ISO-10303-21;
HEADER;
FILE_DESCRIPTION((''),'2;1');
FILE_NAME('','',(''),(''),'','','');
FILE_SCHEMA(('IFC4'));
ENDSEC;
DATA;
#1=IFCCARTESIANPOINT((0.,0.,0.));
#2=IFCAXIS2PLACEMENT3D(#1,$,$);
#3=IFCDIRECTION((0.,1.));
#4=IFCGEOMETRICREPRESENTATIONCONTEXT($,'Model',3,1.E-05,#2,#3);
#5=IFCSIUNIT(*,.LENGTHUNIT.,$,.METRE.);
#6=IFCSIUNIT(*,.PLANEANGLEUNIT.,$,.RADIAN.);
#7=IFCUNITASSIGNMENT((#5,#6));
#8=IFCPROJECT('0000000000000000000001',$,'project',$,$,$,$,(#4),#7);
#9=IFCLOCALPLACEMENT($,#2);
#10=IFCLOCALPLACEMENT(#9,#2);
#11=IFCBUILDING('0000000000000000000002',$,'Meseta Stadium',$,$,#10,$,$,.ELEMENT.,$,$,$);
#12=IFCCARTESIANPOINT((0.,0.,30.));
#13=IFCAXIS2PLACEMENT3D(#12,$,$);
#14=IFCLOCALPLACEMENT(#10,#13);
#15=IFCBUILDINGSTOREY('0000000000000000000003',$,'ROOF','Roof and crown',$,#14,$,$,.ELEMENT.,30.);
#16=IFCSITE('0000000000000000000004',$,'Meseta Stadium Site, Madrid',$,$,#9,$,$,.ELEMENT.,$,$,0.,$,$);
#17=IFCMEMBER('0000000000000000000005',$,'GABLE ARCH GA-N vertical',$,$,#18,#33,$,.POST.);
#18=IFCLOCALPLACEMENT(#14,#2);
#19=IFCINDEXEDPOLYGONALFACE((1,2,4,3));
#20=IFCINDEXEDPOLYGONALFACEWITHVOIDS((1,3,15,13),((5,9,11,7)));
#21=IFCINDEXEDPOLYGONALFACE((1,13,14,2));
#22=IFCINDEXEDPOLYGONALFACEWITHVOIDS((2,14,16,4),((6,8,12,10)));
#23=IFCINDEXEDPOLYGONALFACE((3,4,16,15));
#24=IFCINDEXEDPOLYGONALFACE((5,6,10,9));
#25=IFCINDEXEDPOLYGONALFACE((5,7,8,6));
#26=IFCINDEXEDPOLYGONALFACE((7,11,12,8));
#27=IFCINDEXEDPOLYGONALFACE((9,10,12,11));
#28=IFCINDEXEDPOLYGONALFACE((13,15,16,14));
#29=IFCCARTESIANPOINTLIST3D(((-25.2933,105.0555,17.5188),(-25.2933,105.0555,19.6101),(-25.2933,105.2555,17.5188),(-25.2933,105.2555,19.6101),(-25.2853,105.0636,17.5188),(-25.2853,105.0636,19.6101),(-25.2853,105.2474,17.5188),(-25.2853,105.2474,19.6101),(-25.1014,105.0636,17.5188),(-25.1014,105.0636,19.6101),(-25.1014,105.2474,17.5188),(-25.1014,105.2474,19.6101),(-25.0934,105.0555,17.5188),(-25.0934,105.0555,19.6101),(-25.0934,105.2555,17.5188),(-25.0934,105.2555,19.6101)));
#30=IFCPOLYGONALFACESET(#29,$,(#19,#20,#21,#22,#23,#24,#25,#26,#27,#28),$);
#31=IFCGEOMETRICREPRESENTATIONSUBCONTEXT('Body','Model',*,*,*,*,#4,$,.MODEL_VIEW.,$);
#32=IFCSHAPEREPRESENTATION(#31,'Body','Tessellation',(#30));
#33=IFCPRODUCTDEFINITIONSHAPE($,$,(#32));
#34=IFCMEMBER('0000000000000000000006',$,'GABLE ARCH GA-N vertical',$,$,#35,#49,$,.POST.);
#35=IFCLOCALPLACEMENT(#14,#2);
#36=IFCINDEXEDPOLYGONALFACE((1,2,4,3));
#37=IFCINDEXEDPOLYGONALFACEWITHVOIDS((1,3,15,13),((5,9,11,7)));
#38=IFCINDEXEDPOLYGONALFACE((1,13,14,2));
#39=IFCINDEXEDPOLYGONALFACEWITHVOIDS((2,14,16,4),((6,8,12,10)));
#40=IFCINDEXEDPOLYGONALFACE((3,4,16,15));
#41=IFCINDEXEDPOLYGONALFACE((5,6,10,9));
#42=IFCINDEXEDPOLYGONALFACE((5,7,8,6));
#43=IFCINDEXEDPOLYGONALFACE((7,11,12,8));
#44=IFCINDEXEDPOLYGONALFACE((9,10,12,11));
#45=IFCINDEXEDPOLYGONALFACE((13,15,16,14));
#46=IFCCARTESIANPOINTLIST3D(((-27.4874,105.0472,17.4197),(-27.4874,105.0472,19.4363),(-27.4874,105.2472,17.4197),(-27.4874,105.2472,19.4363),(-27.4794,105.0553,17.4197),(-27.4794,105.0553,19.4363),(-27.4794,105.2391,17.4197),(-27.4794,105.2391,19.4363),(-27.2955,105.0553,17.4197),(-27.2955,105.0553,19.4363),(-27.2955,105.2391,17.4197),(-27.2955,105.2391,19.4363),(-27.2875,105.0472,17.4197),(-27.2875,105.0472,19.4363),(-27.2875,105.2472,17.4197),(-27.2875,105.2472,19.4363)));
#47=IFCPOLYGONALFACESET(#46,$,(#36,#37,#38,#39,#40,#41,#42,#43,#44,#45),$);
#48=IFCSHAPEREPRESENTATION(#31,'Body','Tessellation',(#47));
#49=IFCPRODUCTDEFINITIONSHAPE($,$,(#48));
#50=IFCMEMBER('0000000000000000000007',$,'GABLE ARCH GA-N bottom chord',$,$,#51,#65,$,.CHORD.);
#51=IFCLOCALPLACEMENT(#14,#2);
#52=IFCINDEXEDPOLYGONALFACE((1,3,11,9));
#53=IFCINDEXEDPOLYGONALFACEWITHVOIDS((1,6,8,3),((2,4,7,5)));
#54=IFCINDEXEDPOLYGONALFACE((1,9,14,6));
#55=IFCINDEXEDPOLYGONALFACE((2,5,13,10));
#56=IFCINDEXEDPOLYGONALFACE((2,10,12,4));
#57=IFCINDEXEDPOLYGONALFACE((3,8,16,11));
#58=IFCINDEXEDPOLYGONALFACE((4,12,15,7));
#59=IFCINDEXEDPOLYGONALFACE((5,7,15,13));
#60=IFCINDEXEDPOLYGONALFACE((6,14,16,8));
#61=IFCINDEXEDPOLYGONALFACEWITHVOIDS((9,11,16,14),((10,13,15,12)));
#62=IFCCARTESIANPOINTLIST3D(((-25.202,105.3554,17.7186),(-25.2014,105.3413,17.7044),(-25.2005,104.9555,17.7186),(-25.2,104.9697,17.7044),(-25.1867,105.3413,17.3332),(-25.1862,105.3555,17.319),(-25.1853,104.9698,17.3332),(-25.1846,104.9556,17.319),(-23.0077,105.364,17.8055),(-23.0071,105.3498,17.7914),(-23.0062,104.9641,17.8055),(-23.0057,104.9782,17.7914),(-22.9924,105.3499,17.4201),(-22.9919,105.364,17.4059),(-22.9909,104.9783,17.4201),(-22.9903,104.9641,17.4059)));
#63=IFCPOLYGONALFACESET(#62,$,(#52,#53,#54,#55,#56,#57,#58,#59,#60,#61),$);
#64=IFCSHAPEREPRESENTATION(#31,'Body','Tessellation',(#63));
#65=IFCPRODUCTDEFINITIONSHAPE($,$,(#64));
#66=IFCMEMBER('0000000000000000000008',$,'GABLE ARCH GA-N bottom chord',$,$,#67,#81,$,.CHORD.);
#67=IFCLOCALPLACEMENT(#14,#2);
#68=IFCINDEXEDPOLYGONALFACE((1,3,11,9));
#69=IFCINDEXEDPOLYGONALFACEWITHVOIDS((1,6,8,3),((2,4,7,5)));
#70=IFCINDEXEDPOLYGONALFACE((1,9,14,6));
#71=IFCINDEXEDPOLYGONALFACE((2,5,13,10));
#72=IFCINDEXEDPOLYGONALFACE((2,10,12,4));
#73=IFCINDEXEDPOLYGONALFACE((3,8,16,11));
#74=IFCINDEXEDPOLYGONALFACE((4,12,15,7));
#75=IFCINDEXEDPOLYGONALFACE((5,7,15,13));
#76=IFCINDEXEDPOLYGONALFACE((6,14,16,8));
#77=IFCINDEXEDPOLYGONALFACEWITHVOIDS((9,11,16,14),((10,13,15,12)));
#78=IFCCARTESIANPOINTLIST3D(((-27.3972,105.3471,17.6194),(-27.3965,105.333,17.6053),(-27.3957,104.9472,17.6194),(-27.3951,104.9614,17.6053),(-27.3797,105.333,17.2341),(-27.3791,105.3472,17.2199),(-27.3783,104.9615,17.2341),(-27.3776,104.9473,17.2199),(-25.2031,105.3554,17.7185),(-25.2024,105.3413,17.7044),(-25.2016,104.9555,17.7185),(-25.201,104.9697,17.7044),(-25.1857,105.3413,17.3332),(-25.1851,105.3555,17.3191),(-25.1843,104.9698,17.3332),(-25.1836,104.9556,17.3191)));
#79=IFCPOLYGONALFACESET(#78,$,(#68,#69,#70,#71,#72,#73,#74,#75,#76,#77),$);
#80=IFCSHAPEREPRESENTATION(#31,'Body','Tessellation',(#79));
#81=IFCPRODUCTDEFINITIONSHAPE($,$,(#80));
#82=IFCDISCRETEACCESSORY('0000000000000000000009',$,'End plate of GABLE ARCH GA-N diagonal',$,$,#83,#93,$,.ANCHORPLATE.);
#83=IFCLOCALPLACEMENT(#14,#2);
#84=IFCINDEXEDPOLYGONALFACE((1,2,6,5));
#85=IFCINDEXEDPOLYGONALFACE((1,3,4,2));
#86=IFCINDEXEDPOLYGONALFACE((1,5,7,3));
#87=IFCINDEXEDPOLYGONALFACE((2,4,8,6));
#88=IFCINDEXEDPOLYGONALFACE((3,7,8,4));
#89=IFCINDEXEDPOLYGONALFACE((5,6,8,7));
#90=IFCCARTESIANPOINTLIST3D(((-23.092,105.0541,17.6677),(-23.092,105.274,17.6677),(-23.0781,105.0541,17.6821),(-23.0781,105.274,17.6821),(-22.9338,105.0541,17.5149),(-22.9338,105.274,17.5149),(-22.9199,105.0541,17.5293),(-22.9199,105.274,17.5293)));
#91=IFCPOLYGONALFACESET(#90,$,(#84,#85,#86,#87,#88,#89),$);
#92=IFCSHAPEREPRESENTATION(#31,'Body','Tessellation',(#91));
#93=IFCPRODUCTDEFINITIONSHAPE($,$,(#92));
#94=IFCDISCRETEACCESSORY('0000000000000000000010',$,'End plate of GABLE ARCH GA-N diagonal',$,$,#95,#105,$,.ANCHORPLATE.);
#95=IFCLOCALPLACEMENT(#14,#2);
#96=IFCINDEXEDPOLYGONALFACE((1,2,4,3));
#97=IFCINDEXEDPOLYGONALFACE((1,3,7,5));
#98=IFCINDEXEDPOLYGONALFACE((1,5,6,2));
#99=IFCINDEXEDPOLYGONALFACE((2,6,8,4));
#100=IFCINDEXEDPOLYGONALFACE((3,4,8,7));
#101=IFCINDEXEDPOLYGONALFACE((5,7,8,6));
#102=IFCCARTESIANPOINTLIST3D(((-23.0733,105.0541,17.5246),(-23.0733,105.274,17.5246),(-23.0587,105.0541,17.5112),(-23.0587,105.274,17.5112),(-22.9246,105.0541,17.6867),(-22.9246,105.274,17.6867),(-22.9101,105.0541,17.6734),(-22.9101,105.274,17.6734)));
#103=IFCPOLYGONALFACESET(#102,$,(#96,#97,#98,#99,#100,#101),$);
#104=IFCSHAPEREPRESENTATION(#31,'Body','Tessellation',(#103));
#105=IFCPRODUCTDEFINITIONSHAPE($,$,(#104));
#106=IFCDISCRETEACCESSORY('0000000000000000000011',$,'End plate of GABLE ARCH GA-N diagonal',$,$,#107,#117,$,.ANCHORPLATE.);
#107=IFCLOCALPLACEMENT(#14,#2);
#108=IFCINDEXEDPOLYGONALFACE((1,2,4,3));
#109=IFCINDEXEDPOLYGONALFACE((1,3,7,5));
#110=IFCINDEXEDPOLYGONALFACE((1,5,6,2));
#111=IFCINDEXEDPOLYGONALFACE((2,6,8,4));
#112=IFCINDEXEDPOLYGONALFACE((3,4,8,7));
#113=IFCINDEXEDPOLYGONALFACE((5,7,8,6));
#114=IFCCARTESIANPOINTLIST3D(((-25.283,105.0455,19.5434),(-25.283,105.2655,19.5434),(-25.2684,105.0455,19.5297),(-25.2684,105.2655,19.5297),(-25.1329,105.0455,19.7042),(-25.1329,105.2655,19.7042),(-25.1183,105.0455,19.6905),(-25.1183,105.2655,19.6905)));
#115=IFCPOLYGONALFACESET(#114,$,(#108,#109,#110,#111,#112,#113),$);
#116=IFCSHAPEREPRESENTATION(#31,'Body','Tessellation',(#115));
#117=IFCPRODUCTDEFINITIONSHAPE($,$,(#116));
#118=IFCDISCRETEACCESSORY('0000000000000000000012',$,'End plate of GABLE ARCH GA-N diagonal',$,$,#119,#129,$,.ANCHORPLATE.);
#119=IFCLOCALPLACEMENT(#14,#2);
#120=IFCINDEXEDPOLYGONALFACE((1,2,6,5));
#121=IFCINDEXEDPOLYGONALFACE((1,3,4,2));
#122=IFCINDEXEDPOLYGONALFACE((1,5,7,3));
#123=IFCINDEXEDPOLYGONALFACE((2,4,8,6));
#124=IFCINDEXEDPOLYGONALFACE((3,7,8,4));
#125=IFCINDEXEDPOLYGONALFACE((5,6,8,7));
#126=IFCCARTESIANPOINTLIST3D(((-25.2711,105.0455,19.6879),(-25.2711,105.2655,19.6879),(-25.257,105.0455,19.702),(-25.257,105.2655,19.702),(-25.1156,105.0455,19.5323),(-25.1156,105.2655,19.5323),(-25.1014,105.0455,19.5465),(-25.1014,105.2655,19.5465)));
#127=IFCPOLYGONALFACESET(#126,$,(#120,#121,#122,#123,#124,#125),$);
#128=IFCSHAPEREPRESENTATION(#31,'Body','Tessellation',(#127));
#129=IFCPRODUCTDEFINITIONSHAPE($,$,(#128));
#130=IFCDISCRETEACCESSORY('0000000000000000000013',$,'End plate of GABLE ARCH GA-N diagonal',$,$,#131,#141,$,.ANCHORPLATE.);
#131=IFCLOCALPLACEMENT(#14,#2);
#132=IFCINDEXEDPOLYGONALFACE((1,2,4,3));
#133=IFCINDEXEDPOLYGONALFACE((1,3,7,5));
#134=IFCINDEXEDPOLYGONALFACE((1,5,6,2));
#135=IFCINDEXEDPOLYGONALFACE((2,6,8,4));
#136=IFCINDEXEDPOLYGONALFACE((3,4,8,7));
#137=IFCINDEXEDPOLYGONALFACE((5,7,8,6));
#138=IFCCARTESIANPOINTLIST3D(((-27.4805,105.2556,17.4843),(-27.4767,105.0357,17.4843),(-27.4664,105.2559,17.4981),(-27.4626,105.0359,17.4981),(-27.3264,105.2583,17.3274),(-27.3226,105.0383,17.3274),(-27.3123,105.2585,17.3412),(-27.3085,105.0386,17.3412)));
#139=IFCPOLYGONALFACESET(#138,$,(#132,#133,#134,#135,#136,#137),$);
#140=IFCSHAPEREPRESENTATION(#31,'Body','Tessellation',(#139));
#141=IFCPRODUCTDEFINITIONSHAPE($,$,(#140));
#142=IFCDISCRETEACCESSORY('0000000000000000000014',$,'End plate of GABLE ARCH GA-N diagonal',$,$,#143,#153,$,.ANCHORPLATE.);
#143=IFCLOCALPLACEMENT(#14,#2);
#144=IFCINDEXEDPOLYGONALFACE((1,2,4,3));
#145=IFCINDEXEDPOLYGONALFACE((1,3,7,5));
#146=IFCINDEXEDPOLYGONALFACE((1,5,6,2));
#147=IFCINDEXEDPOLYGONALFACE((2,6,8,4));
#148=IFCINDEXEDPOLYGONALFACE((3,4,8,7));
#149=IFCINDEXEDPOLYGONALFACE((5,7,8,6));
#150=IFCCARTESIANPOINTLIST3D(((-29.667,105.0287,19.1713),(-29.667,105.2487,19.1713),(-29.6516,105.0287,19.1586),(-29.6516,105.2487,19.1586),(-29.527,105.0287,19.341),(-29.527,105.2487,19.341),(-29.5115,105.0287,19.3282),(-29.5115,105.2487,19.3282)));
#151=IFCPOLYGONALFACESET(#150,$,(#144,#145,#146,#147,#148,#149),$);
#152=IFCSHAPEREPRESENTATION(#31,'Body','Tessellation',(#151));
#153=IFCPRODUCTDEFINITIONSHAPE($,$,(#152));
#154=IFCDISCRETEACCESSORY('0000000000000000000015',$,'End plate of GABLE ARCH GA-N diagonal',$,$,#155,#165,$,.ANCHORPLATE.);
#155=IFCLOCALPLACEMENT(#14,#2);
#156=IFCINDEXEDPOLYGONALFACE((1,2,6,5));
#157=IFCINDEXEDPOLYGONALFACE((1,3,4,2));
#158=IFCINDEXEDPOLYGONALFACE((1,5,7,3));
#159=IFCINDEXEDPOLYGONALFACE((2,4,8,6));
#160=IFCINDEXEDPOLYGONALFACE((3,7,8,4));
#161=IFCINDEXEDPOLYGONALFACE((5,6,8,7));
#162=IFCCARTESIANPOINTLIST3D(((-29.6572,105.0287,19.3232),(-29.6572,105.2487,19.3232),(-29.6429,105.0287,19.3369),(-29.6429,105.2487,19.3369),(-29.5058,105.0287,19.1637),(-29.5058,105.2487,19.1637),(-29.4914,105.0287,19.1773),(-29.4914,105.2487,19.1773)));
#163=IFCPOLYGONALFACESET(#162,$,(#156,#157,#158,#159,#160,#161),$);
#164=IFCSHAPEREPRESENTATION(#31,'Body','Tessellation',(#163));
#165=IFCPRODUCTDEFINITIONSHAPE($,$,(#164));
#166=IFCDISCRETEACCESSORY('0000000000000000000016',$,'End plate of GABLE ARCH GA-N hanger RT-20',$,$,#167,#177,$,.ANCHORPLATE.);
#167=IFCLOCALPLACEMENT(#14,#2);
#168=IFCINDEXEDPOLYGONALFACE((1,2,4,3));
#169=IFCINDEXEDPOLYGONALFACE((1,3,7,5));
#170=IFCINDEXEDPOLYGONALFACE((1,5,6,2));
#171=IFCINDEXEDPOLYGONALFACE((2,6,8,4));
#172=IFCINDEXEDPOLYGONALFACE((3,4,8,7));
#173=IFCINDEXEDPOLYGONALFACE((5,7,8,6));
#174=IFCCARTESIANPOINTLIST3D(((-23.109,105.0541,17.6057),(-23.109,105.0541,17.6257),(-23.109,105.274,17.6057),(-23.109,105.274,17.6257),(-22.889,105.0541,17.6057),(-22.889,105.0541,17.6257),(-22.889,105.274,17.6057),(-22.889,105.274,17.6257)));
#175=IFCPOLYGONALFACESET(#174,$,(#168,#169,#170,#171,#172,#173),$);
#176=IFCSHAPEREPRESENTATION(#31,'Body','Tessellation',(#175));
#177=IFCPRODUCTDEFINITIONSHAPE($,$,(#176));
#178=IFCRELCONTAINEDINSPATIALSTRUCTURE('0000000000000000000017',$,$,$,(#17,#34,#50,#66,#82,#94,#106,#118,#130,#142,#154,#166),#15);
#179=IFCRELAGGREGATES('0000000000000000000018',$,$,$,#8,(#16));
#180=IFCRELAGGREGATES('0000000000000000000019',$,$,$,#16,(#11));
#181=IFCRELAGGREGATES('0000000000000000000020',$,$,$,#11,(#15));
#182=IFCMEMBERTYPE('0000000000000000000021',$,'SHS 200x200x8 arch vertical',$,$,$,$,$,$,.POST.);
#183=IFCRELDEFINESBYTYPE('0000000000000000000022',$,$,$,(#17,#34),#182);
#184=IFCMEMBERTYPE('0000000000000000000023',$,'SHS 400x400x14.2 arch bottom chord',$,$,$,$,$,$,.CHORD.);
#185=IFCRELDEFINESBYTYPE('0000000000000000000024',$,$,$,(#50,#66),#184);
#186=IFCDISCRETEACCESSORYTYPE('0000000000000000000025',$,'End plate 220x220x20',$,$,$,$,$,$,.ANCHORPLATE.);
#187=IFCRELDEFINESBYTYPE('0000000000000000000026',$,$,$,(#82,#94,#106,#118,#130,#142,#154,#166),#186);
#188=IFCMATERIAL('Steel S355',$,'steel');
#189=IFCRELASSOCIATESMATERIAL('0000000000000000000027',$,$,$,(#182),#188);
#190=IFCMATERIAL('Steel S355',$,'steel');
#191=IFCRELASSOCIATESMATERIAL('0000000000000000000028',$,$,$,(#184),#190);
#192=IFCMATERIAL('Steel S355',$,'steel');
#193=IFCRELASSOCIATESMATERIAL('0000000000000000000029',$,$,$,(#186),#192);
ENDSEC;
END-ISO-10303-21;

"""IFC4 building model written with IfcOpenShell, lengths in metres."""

from ifc_helpers import new_model, si_unit, direction, frame, origin, origin_2d, place, context, subcontext, project, spatial, rectangle, hollow_rectangle, extrude, material, material_profile, profile_set, type_object, element, save


model = new_model("IFC4")

# Units and contexts
model_context = context("Model", 3, precision=1e-05, world=origin(), true_north=direction((0.0, 1.0)))
body_context = subcontext(model_context, "Body", "Model", "MODEL_VIEW")
ifc_project = project(units=[si_unit("LENGTHUNIT", "METRE"), si_unit("PLANEANGLEUNIT", "RADIAN")], contexts=[model_context])

# Site, building, storey
site_placement = place(None, origin())
site = spatial("IfcSite", under=ifc_project, at=site_placement, Name="Meseta Stadium Site, Madrid", CompositionType="ELEMENT", RefElevation=0.0)
building_placement = place(site_placement, origin())
building = spatial("IfcBuilding", under=site, at=building_placement, Name="Meseta Stadium", CompositionType="ELEMENT")
storey_placement = place(building_placement, frame((0.0, 0.0, 30.0)))
storey = spatial("IfcBuildingStorey", under=building, at=storey_placement, Name="ROOF", Description="Roof and crown", CompositionType="ELEMENT", Elevation=30.0)

# Members
ifc_material_1 = material(Name="Steel S355", Category="steel")
ifc_material_profile_1 = material_profile(ifc_material_1, hollow_rectangle(XDim=0.2, YDim=0.2, WallThickness=0.0081, at=origin_2d()), Name="SHS 200x200x8")
ifc_profile_set_1 = profile_set([ifc_material_profile_1], Name="Steel S355")
member_type_1 = type_object("IfcMemberType", Name="SHS 200x200x8 arch vertical", PredefinedType="POST", material=ifc_profile_set_1)
member_1_placement = place(storey_placement, frame((-25.1934, 105.1555, 17.5188), z_axis=(0.0, 0.0, 1.0), x_axis=(1.0, 0.0, 0.0)))
element("IfcMember", 1, at=member_1_placement, inside=storey, type_object=member_type_1, Name="GABLE ARCH GA-N vertical", PredefinedType="POST", context=body_context, shape_type="SweptSolid", body=[
    extrude(hollow_rectangle(XDim=0.2, YDim=0.2, WallThickness=0.0081, at=origin_2d()), origin(), (0.0, 0.0, 1.0), 2.0913),
])
member_2_placement = place(storey_placement, frame((-27.3875, 105.1472, 17.4197), z_axis=(0.0, 0.0, 1.0), x_axis=(1.0, 0.0, 0.0)))
element("IfcMember", 2, at=member_2_placement, inside=storey, type_object=member_type_1, Name="GABLE ARCH GA-N vertical", PredefinedType="POST", context=body_context, shape_type="SweptSolid", body=[
    extrude(hollow_rectangle(XDim=0.2, YDim=0.2, WallThickness=0.0081, at=origin_2d()), origin(), (0.0, 0.0, 1.0), 2.0166),
])
ifc_material_2 = material(Name="Steel S355", Category="steel")
ifc_material_profile_2 = material_profile(ifc_material_2, hollow_rectangle(XDim=0.3999, YDim=0.3999, WallThickness=0.0142, at=origin_2d()), Name="SHS 400x400x14.2")
ifc_profile_set_2 = profile_set([ifc_material_profile_2], Name="Steel S355")
member_type_2 = type_object("IfcMemberType", Name="SHS 400x400x14.2 arch bottom chord", PredefinedType="CHORD", material=ifc_profile_set_2)
member_3_placement = place(storey_placement, frame((-22.999, 105.1641, 17.6057), z_axis=(-0.999209, -0.003891, -0.039577), x_axis=(0.003894, -0.999992, 0.0)))
element("IfcMember", 3, at=member_3_placement, inside=storey, type_object=member_type_2, Name="GABLE ARCH GA-N bottom chord", PredefinedType="CHORD", context=body_context, shape_type="SweptSolid", body=[
    extrude(hollow_rectangle(XDim=0.3999, YDim=0.3999, WallThickness=0.0142, at=origin_2d()), origin(), (0.0, 0.0, 1.0), 2.196),
])
member_4_placement = place(storey_placement, frame((-25.1934, 105.1555, 17.5188), z_axis=(-0.998974, -0.003779, -0.04513), x_axis=(0.003783, -0.999993, 0.0)))
element("IfcMember", 4, at=member_4_placement, inside=storey, type_object=member_type_2, Name="GABLE ARCH GA-N bottom chord", PredefinedType="CHORD", context=body_context, shape_type="SweptSolid", body=[
    extrude(hollow_rectangle(XDim=0.3999, YDim=0.3999, WallThickness=0.0142, at=origin_2d()), origin(), (0.0, 0.0, 1.0), 2.1963),
])

# Discrete accessories
ifc_material_3 = material(Name="Steel S355", Category="steel")
ifc_material_profile_3 = material_profile(ifc_material_3, rectangle(XDim=0.22, YDim=0.22, at=origin_2d()), Name="PL 220x220")
ifc_profile_set_3 = profile_set([ifc_material_profile_3], Name="Steel S355")
discrete_accessory_type = type_object("IfcDiscreteAccessoryType", Name="End plate 220x220x20", PredefinedType="ANCHORPLATE", material=ifc_profile_set_3)
discrete_accessory_1_placement = place(storey_placement, frame((-22.999, 105.1641, 17.6057), z_axis=(-0.694812, 0.0, -0.719191), x_axis=(0.0, -1.0, 0.0)))
element("IfcDiscreteAccessory", 5, at=discrete_accessory_1_placement, inside=storey, type_object=discrete_accessory_type, Name="End plate of GABLE ARCH GA-N diagonal", PredefinedType="ANCHORPLATE", context=body_context, shape_type="SweptSolid", body=[
    extrude(rectangle(XDim=0.22, YDim=0.22, at=origin_2d()), origin(), (0.0, 0.0, 1.0), 0.02),
])
discrete_accessory_2_placement = place(storey_placement, frame((-22.9844, 105.1641, 17.5923), z_axis=(-0.737154, 0.0, 0.675725), x_axis=(0.0, -1.0, 0.0)))
element("IfcDiscreteAccessory", 6, at=discrete_accessory_2_placement, inside=storey, type_object=discrete_accessory_type, Name="End plate of GABLE ARCH GA-N diagonal", PredefinedType="ANCHORPLATE", context=body_context, shape_type="SweptSolid", body=[
    extrude(rectangle(XDim=0.22, YDim=0.22, at=origin_2d()), origin(), (0.0, 0.0, 1.0), 0.0198),
])
for number, where, z_axis, x_axis, name in (
    (7, (-25.1934, 105.1555, 19.6101), (-0.731055, 0.0, 0.682318), (0.0, -1.0, 0.0), "End plate of GABLE ARCH GA-N diagonal"),
    (8, (-25.1792, 105.1555, 19.6243), (-0.707107, 0.0, -0.707107), (0.0, -1.0, 0.0), "End plate of GABLE ARCH GA-N diagonal"),
):
    element("IfcDiscreteAccessory", number, at=place(storey_placement, frame(where, z_axis=z_axis, x_axis=x_axis)), inside=storey, type_object=discrete_accessory_type, Name=name, PredefinedType="ANCHORPLATE", context=body_context, shape_type="SweptSolid", body=[
        extrude(rectangle(XDim=0.22, YDim=0.22, at=origin_2d()), origin(), (0.0, 0.0, 1.0), 0.02),
    ])
discrete_accessory_3_placement = place(storey_placement, frame((-27.3875, 105.1472, 17.4197), z_axis=(-0.713175, -0.012296, -0.700879), x_axis=(0.017239, -0.999851, 0.0)))
element("IfcDiscreteAccessory", 9, at=discrete_accessory_3_placement, inside=storey, type_object=discrete_accessory_type, Name="End plate of GABLE ARCH GA-N diagonal", PredefinedType="ANCHORPLATE", context=body_context, shape_type="SweptSolid", body=[
    extrude(rectangle(XDim=0.22, YDim=0.22, at=origin_2d()), origin(), (0.0, 0.0, 1.0), 0.0198),
])
discrete_accessory_4_placement = place(storey_placement, frame((-29.5815, 105.1387, 19.2434), z_axis=(-0.771223, 0.0, 0.636565), x_axis=(0.0, -1.0, 0.0)))
element("IfcDiscreteAccessory", 10, at=discrete_accessory_4_placement, inside=storey, type_object=discrete_accessory_type, Name="End plate of GABLE ARCH GA-N diagonal", PredefinedType="ANCHORPLATE", context=body_context, shape_type="SweptSolid", body=[
    extrude(rectangle(XDim=0.22, YDim=0.22, at=origin_2d()), origin(), (0.0, 0.0, 1.0), 0.02),
])
discrete_accessory_5_placement = place(storey_placement, frame((-29.5671, 105.1387, 19.2571), z_axis=(-0.725306, 0.0, -0.688426), x_axis=(0.0, -1.0, 0.0)))
element("IfcDiscreteAccessory", 11, at=discrete_accessory_5_placement, inside=storey, type_object=discrete_accessory_type, Name="End plate of GABLE ARCH GA-N diagonal", PredefinedType="ANCHORPLATE", context=body_context, shape_type="SweptSolid", body=[
    extrude(rectangle(XDim=0.22, YDim=0.22, at=origin_2d()), origin(), (0.0, 0.0, 1.0), 0.0198),
])
discrete_accessory_6_placement = place(storey_placement, frame((-22.999, 105.1641, 17.6257), z_axis=(0.0, 0.0, -1.0), x_axis=(1.0, 0.0, 0.0)))
element("IfcDiscreteAccessory", 12, at=discrete_accessory_6_placement, inside=storey, type_object=discrete_accessory_type, Name="End plate of GABLE ARCH GA-N hanger RT-20", PredefinedType="ANCHORPLATE", context=body_context, shape_type="SweptSolid", body=[
    extrude(rectangle(XDim=0.22, YDim=0.22, at=origin_2d()), origin(), (0.0, 0.0, 1.0), 0.02),
])

save(model, "model.ifc")
